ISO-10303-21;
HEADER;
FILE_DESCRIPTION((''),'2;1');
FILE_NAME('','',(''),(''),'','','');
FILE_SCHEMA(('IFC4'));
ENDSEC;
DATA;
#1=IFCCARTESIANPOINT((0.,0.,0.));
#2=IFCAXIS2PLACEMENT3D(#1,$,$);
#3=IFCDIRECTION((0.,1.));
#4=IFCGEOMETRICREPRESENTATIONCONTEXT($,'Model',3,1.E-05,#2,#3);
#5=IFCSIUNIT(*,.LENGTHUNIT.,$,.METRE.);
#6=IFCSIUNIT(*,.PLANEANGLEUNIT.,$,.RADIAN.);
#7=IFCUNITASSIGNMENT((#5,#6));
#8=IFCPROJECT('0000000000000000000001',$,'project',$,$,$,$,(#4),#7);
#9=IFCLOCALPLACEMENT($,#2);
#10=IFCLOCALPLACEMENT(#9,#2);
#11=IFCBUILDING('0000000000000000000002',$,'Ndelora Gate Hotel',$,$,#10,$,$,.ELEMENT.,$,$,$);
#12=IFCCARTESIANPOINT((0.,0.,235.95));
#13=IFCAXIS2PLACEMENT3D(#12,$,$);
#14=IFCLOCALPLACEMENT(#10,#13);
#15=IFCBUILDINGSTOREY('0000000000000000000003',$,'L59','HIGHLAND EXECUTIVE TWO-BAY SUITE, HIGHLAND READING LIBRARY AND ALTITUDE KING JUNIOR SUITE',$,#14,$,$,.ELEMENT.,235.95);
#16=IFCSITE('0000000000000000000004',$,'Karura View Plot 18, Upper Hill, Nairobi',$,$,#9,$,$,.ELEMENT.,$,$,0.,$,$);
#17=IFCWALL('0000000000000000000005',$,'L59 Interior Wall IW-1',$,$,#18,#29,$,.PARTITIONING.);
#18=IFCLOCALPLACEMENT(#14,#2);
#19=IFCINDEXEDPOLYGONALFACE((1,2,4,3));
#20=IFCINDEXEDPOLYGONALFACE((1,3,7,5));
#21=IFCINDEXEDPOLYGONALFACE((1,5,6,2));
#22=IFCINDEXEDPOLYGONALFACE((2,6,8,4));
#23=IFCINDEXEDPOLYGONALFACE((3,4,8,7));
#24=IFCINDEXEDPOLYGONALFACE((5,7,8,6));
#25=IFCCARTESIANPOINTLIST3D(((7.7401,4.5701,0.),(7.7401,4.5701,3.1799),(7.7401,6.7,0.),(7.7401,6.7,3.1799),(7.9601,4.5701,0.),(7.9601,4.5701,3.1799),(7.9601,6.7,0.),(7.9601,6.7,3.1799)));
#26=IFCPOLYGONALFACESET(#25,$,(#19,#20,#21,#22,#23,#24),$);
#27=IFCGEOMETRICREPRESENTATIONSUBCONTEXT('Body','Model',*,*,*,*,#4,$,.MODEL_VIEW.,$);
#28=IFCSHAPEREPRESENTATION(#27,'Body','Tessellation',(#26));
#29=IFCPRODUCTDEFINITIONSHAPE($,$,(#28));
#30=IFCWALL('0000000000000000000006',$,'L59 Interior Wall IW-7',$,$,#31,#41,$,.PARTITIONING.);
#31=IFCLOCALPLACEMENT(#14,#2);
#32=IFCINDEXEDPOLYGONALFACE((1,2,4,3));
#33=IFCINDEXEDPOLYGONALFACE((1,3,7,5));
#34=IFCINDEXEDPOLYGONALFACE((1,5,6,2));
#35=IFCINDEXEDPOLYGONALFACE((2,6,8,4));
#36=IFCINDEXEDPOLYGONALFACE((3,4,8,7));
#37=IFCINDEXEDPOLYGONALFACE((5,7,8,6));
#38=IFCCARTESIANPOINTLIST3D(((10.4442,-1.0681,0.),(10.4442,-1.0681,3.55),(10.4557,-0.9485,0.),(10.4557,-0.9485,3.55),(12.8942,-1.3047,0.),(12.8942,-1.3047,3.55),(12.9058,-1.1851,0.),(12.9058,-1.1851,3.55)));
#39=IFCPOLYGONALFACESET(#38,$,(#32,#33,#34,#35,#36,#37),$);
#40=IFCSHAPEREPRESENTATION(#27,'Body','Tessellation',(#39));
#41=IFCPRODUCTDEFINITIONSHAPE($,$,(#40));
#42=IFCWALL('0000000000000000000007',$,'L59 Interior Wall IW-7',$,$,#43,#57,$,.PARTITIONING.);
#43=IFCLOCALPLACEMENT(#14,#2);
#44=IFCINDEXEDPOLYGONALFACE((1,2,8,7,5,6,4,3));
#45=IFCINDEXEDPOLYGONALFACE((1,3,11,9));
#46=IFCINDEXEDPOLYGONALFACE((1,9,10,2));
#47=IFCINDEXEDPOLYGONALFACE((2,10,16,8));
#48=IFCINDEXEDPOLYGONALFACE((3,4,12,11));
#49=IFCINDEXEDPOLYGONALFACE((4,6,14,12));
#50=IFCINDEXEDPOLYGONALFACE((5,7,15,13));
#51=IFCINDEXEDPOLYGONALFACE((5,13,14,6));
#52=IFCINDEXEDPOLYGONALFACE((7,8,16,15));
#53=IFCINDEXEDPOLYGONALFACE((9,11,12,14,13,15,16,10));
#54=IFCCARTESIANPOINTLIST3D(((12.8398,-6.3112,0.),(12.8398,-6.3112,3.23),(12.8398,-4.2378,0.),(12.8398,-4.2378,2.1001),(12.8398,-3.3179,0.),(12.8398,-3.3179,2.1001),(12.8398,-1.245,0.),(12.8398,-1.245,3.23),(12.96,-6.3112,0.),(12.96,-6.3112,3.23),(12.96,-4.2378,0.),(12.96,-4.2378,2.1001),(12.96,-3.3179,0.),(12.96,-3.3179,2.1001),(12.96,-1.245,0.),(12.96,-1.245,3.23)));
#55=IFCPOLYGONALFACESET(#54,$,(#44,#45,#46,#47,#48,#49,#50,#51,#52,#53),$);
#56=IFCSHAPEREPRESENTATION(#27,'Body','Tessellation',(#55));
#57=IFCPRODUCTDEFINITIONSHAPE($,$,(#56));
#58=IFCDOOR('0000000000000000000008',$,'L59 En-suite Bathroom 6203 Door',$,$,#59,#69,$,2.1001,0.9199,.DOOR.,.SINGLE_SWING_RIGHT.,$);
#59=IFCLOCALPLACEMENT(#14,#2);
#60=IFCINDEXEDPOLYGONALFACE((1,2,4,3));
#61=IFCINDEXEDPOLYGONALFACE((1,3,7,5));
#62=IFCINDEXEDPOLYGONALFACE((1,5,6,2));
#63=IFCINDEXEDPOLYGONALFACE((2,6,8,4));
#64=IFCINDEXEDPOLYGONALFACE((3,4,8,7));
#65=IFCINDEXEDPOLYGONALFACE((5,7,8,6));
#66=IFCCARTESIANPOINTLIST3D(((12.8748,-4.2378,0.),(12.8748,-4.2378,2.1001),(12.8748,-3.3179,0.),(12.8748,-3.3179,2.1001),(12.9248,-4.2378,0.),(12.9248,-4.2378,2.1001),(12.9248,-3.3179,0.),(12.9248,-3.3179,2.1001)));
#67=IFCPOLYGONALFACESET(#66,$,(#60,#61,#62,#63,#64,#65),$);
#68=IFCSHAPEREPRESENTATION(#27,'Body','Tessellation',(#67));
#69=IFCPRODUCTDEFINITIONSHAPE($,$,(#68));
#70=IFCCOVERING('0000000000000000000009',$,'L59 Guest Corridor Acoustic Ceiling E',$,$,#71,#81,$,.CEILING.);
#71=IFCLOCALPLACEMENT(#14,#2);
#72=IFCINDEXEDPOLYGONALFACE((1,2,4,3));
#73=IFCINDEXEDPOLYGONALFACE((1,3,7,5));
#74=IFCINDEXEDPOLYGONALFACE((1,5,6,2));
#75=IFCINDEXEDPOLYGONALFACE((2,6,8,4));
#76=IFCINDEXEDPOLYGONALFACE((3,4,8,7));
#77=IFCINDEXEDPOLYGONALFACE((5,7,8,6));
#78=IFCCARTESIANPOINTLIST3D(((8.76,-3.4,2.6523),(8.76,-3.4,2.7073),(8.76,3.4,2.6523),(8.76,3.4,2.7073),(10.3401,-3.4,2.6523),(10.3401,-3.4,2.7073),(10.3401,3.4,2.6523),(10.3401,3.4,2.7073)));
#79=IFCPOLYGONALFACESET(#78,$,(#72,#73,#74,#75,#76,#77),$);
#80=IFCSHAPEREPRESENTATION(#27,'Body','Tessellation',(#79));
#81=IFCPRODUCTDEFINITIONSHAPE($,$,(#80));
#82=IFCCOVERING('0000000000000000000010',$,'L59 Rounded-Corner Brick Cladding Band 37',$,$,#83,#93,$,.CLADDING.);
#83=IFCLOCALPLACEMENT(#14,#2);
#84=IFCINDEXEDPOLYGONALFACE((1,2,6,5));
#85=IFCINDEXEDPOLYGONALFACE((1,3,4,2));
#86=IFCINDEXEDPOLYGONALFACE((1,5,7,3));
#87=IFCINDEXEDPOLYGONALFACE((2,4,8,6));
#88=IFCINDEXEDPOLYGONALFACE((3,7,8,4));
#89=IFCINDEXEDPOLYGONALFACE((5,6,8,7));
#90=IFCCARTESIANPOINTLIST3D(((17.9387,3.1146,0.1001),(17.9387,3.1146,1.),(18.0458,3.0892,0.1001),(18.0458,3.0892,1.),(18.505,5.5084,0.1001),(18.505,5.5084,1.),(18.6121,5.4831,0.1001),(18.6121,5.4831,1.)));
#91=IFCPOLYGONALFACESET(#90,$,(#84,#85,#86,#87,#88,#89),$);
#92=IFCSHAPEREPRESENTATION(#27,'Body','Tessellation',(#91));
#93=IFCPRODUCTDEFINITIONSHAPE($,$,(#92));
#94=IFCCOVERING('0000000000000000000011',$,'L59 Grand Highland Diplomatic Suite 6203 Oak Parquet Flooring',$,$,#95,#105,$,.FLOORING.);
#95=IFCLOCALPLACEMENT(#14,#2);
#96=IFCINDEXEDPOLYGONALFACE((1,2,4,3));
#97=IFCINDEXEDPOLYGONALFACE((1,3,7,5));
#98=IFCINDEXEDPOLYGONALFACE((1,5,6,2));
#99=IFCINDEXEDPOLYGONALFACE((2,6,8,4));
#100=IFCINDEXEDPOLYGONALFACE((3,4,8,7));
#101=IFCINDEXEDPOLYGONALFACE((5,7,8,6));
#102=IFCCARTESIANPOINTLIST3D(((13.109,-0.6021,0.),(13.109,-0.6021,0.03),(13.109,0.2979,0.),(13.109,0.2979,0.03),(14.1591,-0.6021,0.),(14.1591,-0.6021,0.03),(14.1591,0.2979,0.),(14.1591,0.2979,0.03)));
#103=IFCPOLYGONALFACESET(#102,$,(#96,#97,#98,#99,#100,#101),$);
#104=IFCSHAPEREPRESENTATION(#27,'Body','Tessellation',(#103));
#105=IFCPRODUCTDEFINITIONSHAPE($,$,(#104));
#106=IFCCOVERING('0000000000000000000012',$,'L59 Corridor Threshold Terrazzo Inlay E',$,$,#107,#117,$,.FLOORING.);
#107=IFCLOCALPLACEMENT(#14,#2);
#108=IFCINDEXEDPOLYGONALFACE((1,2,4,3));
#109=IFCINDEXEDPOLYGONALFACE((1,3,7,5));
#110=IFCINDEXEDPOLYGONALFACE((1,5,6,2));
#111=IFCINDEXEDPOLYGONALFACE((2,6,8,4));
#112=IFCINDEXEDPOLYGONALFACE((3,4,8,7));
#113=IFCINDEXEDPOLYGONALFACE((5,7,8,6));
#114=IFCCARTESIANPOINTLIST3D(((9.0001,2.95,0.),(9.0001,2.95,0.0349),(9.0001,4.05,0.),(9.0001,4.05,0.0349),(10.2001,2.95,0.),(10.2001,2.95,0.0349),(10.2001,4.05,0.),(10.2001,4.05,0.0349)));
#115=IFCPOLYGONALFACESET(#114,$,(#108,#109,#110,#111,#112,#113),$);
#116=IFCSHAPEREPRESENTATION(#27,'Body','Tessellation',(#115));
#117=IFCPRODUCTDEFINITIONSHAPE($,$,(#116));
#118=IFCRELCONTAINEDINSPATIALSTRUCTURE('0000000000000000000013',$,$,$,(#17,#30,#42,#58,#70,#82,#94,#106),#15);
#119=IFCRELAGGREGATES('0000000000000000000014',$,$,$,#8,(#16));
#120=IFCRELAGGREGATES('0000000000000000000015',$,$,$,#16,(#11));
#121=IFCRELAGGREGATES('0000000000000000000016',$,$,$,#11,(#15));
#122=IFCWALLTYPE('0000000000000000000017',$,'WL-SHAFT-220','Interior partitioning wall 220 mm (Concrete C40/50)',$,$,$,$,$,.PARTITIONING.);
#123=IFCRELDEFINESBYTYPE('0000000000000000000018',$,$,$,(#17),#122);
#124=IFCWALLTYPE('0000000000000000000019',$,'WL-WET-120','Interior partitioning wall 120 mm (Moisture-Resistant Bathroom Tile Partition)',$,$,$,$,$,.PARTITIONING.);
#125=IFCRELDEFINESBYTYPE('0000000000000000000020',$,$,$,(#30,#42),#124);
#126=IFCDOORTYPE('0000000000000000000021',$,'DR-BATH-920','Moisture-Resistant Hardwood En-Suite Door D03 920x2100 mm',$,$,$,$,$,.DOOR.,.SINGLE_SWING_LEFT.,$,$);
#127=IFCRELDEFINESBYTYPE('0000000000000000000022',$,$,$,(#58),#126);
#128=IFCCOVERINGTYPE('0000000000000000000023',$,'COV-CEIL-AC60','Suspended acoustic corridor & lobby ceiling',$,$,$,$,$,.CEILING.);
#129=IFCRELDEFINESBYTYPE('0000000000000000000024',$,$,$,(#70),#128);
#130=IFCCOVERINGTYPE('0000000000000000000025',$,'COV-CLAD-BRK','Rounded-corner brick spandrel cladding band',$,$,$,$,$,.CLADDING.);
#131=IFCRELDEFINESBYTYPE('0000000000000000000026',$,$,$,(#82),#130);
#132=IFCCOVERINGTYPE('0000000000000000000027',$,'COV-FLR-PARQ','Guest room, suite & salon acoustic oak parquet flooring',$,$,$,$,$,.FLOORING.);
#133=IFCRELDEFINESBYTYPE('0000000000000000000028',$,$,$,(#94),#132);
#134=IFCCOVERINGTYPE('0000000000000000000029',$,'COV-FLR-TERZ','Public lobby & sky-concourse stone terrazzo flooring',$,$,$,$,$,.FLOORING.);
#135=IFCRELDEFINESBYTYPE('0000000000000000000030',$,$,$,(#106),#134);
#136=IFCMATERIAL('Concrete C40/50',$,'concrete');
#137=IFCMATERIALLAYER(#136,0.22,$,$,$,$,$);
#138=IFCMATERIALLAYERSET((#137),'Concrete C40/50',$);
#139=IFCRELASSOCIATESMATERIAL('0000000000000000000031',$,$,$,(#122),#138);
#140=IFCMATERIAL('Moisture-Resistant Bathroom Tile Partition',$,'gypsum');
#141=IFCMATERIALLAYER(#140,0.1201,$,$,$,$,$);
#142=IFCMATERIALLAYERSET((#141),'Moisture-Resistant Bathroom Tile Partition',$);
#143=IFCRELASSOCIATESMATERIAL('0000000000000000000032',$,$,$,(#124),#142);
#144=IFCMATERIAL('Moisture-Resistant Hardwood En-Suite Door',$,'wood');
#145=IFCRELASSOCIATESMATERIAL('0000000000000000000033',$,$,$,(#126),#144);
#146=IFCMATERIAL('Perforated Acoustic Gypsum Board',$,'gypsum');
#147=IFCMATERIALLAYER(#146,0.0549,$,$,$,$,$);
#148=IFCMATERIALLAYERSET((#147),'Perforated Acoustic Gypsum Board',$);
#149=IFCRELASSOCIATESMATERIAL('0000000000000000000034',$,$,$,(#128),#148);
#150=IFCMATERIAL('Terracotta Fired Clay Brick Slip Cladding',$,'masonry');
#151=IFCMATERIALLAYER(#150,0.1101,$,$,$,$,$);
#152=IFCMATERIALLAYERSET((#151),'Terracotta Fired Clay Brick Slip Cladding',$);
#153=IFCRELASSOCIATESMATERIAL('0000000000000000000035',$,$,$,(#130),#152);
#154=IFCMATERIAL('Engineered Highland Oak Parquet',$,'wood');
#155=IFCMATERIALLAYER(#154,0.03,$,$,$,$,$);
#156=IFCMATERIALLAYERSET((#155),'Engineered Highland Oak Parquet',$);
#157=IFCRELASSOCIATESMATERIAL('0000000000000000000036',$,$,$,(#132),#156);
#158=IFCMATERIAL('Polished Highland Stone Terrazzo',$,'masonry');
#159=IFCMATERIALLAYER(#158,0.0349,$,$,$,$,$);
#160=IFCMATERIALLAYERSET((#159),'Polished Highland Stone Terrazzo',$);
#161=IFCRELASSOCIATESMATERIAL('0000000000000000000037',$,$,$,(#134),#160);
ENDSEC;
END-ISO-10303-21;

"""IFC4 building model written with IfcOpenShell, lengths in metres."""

from ifc_helpers import new_model, si_unit, direction, frame, frame_2d, origin, origin_2d, place, context, subcontext, project, spatial, rectangle, extrude, material, layer, layer_set, type_object, element, fill, save


model = new_model("IFC4")

# Units and contexts
model_context = context("Model", 3, precision=1e-05, world=origin(), true_north=direction((0.0, 1.0)))
body_context = subcontext(model_context, "Body", "Model", "MODEL_VIEW")
ifc_project = project(units=[si_unit("LENGTHUNIT", "METRE"), si_unit("PLANEANGLEUNIT", "RADIAN")], contexts=[model_context])

# Site, building, storey
site_placement = place(None, origin())
site = spatial("IfcSite", under=ifc_project, at=site_placement, Name="Karura View Plot 18, Upper Hill, Nairobi", CompositionType="ELEMENT", RefElevation=0.0)
building_placement = place(site_placement, origin())
building = spatial("IfcBuilding", under=site, at=building_placement, Name="Ndelora Gate Hotel", CompositionType="ELEMENT")
storey_placement = place(building_placement, frame((0.0, 0.0, 235.95)))
storey = spatial("IfcBuildingStorey", under=building, at=storey_placement, Name="L59", Description="HIGHLAND EXECUTIVE TWO-BAY SUITE, HIGHLAND READING LIBRARY AND ALTITUDE KING JUNIOR SUITE", CompositionType="ELEMENT", Elevation=235.95)

# Shared definitions
ifc_material_1 = material(Name="Concrete C40/50", Category="concrete")

# Walls
ifc_layer_1 = layer(ifc_material_1, 0.22)
ifc_layer_set_1 = layer_set([ifc_layer_1], Name="Concrete C40/50")
wall_type_1 = type_object("IfcWallType", Name="WL-SHAFT-220", Description="Interior partitioning wall 220 mm (Concrete C40/50)", PredefinedType="PARTITIONING", material=ifc_layer_set_1)
wall_1_placement = place(storey_placement, frame((7.8501, 4.5701, 0.0), z_axis=(0.0, 0.0, 1.0), x_axis=(0.0, 1.0, 0.0)))
element("IfcWall", 1, at=wall_1_placement, inside=storey, type_object=wall_type_1, Name="L59 Interior Wall IW-1", PredefinedType="PARTITIONING", context=body_context, shape_type="SweptSolid", body=[
    extrude(rectangle(XDim=2.1299, YDim=0.22, at=frame_2d((1.0649, 0.0))), origin(), (0.0, 0.0, 1.0), 3.1799),
])
ifc_material_2 = material(Name="Moisture-Resistant Bathroom Tile Partition", Category="gypsum")
ifc_layer_2 = layer(ifc_material_2, 0.1201)
ifc_layer_set_2 = layer_set([ifc_layer_2], Name="Moisture-Resistant Bathroom Tile Partition")
wall_type_2 = type_object("IfcWallType", Name="WL-WET-120", Description="Interior partitioning wall 120 mm (Moisture-Resistant Bathroom Tile Partition)", PredefinedType="PARTITIONING", material=ifc_layer_set_2)
wall_2_placement = place(storey_placement, frame((10.45, -1.0083, 0.0), z_axis=(0.0, 0.0, 1.0), x_axis=(0.99537, -0.096115, 0.0)))
element("IfcWall", 2, at=wall_2_placement, inside=storey, type_object=wall_type_2, Name="L59 Interior Wall IW-7", PredefinedType="PARTITIONING", context=body_context, shape_type="SweptSolid", body=[
    extrude(rectangle(XDim=2.4614, YDim=0.1201, at=frame_2d((1.2307, 0.0))), origin(), (0.0, 0.0, 1.0), 3.55),
])

# Wall, opening, door
wall_3_placement = place(storey_placement, frame((12.8999, -1.2449, 0.0), z_axis=(0.0, 0.0, 1.0), x_axis=(0.0, -1.0, 0.0)))
wall_3 = element("IfcWall", 3, at=wall_3_placement, inside=storey, type_object=wall_type_2, Name="L59 Interior Wall IW-7", PredefinedType="PARTITIONING", context=body_context, shape_type="SweptSolid", body=[
    extrude(rectangle(XDim=5.0662, YDim=0.1201, at=frame_2d((2.5332, 0.0))), origin(), (0.0, 0.0, 1.0), 3.23),
])
opening_1_placement = place(wall_3_placement, frame((2.073, 0.0, 0.0)))
opening_1 = element("IfcOpeningElement", 4, at=opening_1_placement, cuts=wall_3, PredefinedType="OPENING", context=body_context, shape_type="SweptSolid", body=[
    extrude(rectangle(XDim=0.9199, YDim=2.1001, at=frame_2d((0.46, 1.05))), frame((0.0, 0.0701, 0.0), z_axis=(0.0, -1.0, 0.0), x_axis=(1.0, 0.0, 0.0)), (0.0, 0.0, 1.0), 0.1401),
])
ifc_material_3 = material(Name="Moisture-Resistant Hardwood En-Suite Door", Category="wood")
door_type_1 = type_object("IfcDoorType", Name="DR-BATH-920", Description="Moisture-Resistant Hardwood En-Suite Door D03 920x2100 mm", OperationType="SINGLE_SWING_LEFT", PredefinedType="DOOR", material=ifc_material_3)
door_1_placement = place(opening_1_placement, origin())
door_1 = element("IfcDoor", 5, at=door_1_placement, inside=storey, type_object=door_type_1, Name="L59 En-suite Bathroom 6203 Door", OperationType="SINGLE_SWING_RIGHT", OverallHeight=2.1001, OverallWidth=0.9199, PredefinedType="DOOR", context=body_context, shape_type="SweptSolid", body=[
    extrude(rectangle(XDim=0.9199, YDim=2.1001, at=frame_2d((0.46, 1.05))), frame((0.0, 0.0249, 0.0), z_axis=(0.0, -1.0, 0.0), x_axis=(1.0, 0.0, 0.0)), (0.0, 0.0, 1.0), 0.05),
])
fill(opening_1, door_1)

# Coverings
ifc_material_4 = material(Name="Perforated Acoustic Gypsum Board", Category="gypsum")
ifc_layer_3 = layer(ifc_material_4, 0.0549)
ifc_layer_set_3 = layer_set([ifc_layer_3], Name="Perforated Acoustic Gypsum Board")
covering_type_1 = type_object("IfcCoveringType", Name="COV-CEIL-AC60", Description="Suspended acoustic corridor & lobby ceiling", PredefinedType="CEILING", material=ifc_layer_set_3)
covering_1_placement = place(storey_placement, frame((9.55, 0.0, 2.6523), z_axis=(0.0, 0.0, 1.0), x_axis=(1.0, 0.0, 0.0)))
element("IfcCovering", 6, at=covering_1_placement, inside=storey, type_object=covering_type_1, Name="L59 Guest Corridor Acoustic Ceiling E", PredefinedType="CEILING", context=body_context, shape_type="SweptSolid", body=[
    extrude(rectangle(XDim=1.5801, YDim=6.8, at=origin_2d()), origin(), (0.0, 0.0, 1.0), 0.0549),
])
ifc_material_5 = material(Name="Terracotta Fired Clay Brick Slip Cladding", Category="masonry")
ifc_layer_4 = layer(ifc_material_5, 0.1101)
ifc_layer_set_4 = layer_set([ifc_layer_4], Name="Terracotta Fired Clay Brick Slip Cladding")
covering_type_2 = type_object("IfcCoveringType", Name="COV-CLAD-BRK", Description="Rounded-corner brick spandrel cladding band", PredefinedType="CLADDING", material=ifc_layer_set_4)
covering_2_placement = place(storey_placement, frame((18.2754, 4.2988, 0.1001), z_axis=(0.0, 0.0, 1.0), x_axis=(0.23022, 0.973139, 0.0)))
element("IfcCovering", 7, at=covering_2_placement, inside=storey, type_object=covering_type_2, Name="L59 Rounded-Corner Brick Cladding Band 37", PredefinedType="CLADDING", context=body_context, shape_type="SweptSolid", body=[
    extrude(rectangle(XDim=2.46, YDim=0.1101, at=origin_2d()), origin(), (0.0, 0.0, 1.0), 0.8999),
])
ifc_material_6 = material(Name="Engineered Highland Oak Parquet", Category="wood")
ifc_layer_5 = layer(ifc_material_6, 0.03)
ifc_layer_set_5 = layer_set([ifc_layer_5], Name="Engineered Highland Oak Parquet")
covering_type_3 = type_object("IfcCoveringType", Name="COV-FLR-PARQ", Description="Guest room, suite & salon acoustic oak parquet flooring", PredefinedType="FLOORING", material=ifc_layer_set_5)
covering_3_placement = place(storey_placement, frame((13.634, -0.1521, 0.0), z_axis=(0.0, 0.0, 1.0), x_axis=(1.0, 0.0, 0.0)))
element("IfcCovering", 8, at=covering_3_placement, inside=storey, type_object=covering_type_3, Name="L59 Grand Highland Diplomatic Suite 6203 Oak Parquet Flooring", PredefinedType="FLOORING", context=body_context, shape_type="SweptSolid", body=[
    extrude(rectangle(XDim=1.05, YDim=0.8999, at=origin_2d()), origin(), (0.0, 0.0, 1.0), 0.03),
])
ifc_material_7 = material(Name="Polished Highland Stone Terrazzo", Category="masonry")
ifc_layer_6 = layer(ifc_material_7, 0.0349)
ifc_layer_set_6 = layer_set([ifc_layer_6], Name="Polished Highland Stone Terrazzo")
covering_type_4 = type_object("IfcCoveringType", Name="COV-FLR-TERZ", Description="Public lobby & sky-concourse stone terrazzo flooring", PredefinedType="FLOORING", material=ifc_layer_set_6)
covering_4_placement = place(storey_placement, frame((9.6001, 3.5, 0.0), z_axis=(0.0, 0.0, 1.0), x_axis=(1.0, 0.0, 0.0)))
element("IfcCovering", 9, at=covering_4_placement, inside=storey, type_object=covering_type_4, Name="L59 Corridor Threshold Terrazzo Inlay E", PredefinedType="FLOORING", context=body_context, shape_type="SweptSolid", body=[
    extrude(rectangle(XDim=1.2, YDim=1.1001, at=origin_2d()), origin(), (0.0, 0.0, 1.0), 0.0349),
])

save(model, "model.ifc")
